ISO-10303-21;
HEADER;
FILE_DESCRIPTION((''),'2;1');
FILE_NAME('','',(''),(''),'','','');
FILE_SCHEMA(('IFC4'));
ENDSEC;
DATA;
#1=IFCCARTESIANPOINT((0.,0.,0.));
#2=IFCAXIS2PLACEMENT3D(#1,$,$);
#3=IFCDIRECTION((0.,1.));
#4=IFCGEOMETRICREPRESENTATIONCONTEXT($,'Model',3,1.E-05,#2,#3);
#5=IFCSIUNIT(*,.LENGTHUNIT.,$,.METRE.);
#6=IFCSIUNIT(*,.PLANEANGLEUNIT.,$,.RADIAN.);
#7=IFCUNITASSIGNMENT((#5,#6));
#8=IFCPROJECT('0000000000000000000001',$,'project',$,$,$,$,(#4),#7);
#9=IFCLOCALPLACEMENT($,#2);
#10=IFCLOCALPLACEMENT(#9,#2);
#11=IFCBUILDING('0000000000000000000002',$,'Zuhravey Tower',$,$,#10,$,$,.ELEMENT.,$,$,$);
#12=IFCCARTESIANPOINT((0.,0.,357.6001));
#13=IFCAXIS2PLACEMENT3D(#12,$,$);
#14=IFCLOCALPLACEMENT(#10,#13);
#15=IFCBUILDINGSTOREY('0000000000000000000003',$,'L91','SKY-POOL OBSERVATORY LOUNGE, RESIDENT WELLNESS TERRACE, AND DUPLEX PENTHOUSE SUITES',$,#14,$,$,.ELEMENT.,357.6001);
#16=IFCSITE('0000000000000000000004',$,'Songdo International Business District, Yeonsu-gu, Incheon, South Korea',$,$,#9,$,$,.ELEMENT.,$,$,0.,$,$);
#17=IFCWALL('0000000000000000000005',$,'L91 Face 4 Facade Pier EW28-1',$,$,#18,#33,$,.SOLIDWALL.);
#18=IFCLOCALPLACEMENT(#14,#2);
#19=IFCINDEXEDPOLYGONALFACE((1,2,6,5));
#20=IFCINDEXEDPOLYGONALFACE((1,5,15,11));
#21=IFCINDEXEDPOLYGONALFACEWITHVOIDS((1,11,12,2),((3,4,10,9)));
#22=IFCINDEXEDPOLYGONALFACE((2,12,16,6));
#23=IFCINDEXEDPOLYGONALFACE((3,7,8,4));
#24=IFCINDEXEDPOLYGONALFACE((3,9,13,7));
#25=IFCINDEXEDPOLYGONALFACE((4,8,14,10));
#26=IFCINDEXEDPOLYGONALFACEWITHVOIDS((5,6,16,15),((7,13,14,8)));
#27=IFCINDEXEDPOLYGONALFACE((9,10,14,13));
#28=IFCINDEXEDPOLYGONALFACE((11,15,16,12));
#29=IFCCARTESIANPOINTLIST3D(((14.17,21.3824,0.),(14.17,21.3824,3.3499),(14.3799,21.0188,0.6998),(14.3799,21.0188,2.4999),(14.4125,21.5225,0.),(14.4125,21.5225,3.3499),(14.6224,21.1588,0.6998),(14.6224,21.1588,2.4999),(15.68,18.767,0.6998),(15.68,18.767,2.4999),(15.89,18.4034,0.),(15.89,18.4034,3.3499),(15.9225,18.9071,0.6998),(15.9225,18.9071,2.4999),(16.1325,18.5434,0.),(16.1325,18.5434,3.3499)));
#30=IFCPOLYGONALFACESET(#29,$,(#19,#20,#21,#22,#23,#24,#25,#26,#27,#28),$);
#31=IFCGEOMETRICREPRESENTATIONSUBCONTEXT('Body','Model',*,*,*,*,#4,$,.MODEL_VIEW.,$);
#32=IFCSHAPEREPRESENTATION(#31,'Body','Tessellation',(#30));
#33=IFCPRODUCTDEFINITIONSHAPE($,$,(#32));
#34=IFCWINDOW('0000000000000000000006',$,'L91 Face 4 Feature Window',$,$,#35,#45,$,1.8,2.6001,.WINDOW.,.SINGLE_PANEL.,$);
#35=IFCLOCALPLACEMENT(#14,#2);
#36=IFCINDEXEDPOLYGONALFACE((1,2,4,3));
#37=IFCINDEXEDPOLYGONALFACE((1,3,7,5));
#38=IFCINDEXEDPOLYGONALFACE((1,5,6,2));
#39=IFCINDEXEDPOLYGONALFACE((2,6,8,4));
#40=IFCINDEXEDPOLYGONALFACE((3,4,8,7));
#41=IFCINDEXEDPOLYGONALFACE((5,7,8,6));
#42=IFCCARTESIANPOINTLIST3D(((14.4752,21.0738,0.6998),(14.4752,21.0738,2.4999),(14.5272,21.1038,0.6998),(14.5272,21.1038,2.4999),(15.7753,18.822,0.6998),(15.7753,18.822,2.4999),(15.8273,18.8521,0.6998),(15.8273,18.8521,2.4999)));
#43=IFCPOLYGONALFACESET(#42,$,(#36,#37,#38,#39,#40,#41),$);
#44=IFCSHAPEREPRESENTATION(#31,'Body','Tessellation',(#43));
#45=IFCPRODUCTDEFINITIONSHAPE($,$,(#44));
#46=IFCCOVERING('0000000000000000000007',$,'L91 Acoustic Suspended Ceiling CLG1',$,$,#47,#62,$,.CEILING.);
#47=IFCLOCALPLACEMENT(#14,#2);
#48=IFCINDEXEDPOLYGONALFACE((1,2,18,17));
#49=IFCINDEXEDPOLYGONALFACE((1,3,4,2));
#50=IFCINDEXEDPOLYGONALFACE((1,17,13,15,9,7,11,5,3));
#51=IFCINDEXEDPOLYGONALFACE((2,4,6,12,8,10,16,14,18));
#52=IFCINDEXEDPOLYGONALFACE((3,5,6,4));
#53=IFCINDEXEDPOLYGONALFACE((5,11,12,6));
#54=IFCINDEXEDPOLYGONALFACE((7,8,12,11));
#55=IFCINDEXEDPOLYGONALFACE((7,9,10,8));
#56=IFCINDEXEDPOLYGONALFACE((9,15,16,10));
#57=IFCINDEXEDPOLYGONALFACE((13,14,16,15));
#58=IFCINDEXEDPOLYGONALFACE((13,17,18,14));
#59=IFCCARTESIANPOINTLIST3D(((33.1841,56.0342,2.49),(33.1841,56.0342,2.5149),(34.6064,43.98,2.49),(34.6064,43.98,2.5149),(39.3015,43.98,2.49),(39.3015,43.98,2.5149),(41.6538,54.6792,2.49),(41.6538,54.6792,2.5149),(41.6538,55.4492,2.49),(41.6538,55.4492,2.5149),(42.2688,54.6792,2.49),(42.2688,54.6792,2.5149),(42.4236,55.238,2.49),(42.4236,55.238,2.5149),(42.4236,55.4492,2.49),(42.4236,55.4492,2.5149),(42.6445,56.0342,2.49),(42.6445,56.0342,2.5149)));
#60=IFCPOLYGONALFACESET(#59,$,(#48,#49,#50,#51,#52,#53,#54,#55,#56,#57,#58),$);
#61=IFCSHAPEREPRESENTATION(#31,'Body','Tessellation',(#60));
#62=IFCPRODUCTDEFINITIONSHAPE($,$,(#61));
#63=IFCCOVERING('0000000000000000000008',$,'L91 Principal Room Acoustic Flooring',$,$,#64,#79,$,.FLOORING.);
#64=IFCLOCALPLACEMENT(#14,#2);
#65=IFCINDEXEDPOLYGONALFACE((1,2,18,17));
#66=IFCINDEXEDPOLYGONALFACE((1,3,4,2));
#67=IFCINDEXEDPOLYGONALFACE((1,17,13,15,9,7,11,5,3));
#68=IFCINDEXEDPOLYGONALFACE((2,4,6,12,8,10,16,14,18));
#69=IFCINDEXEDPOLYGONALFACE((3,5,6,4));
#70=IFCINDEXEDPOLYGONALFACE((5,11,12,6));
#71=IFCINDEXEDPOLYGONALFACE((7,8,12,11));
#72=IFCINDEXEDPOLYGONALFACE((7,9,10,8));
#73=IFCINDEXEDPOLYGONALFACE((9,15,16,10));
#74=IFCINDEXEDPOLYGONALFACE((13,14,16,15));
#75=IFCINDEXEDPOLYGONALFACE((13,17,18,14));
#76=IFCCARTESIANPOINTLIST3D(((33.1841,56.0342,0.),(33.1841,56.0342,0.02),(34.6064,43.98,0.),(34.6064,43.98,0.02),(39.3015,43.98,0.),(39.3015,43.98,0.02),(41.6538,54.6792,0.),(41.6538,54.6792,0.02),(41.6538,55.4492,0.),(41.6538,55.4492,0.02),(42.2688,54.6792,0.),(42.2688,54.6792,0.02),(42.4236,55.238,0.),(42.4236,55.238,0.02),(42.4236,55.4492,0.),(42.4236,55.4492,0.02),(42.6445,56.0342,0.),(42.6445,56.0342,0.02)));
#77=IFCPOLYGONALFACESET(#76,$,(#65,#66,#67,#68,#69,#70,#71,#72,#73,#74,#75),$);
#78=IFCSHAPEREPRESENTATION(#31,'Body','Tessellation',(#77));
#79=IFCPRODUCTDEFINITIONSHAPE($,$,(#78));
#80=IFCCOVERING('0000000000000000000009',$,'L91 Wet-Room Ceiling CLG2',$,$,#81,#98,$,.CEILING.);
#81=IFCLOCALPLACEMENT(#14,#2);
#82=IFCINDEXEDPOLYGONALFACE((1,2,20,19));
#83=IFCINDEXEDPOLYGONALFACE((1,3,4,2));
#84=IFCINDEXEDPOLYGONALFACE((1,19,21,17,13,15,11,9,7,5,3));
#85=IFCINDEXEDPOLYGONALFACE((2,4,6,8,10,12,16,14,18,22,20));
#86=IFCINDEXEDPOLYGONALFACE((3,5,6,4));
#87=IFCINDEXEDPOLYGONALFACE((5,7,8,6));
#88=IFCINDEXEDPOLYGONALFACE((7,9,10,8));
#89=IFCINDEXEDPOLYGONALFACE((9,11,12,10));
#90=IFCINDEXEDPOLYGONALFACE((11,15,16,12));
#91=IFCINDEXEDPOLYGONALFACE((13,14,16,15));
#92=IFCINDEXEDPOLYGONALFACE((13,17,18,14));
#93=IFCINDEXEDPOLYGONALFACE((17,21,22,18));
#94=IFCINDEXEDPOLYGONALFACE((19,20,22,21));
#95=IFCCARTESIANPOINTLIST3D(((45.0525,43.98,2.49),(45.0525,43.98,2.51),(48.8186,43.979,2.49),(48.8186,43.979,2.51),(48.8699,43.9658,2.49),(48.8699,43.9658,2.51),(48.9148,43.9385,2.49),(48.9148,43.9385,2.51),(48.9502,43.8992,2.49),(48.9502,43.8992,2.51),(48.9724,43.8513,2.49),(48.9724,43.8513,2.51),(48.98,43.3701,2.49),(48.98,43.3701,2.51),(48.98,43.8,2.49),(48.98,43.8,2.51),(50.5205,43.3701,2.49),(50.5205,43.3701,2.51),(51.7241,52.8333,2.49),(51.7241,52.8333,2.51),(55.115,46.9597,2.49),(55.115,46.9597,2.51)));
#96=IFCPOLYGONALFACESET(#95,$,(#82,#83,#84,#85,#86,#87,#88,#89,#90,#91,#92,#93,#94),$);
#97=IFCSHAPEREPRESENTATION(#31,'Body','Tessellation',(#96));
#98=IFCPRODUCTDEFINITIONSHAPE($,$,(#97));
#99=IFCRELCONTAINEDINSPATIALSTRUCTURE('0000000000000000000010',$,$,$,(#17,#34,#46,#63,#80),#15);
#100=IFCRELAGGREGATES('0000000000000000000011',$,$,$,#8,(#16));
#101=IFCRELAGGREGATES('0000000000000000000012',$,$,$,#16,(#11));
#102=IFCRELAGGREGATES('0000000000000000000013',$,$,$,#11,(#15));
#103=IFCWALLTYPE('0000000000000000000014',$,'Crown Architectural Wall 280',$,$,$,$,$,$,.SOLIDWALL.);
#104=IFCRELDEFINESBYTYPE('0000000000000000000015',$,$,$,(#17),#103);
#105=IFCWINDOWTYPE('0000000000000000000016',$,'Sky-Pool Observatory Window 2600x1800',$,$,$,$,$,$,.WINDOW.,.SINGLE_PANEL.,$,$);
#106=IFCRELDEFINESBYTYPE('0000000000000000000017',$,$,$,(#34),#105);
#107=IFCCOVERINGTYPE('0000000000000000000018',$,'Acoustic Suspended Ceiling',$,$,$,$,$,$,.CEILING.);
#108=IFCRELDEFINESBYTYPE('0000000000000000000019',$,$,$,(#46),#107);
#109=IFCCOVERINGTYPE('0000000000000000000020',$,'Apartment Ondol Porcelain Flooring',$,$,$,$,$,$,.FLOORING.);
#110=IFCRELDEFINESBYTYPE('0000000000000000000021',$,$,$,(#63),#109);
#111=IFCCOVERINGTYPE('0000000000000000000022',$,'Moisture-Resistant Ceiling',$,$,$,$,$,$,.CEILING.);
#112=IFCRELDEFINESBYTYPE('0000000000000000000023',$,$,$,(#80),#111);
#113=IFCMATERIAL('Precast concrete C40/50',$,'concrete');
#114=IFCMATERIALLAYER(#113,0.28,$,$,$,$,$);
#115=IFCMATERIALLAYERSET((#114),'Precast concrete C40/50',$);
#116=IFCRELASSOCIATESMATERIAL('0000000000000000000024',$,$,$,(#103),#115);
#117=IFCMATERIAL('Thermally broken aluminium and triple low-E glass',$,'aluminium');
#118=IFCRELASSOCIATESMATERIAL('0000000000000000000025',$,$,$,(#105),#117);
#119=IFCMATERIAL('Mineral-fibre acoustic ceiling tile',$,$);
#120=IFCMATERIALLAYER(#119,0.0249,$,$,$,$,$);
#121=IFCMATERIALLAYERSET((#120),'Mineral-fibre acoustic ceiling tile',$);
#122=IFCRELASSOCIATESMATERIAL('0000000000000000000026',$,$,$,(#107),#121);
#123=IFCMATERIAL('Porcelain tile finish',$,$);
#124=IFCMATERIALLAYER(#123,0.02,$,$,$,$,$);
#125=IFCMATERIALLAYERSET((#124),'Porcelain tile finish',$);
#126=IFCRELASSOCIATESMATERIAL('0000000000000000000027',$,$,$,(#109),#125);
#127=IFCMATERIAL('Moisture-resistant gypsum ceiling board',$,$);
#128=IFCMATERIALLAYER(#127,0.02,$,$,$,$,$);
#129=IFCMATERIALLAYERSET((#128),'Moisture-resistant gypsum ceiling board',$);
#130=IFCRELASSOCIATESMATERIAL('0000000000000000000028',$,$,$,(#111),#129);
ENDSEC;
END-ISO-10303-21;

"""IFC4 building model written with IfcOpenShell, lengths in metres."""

from ifc_helpers import new_model, si_unit, direction, frame, frame_2d, origin, place, context, subcontext, project, spatial, polyline, rectangle, outline, extrude, material, layer, layer_set, type_object, element, fill, save


model = new_model("IFC4")

# Units and contexts
model_context = context("Model", 3, precision=1e-05, world=origin(), true_north=direction((0.0, 1.0)))
body_context = subcontext(model_context, "Body", "Model", "MODEL_VIEW")
ifc_project = project(units=[si_unit("LENGTHUNIT", "METRE"), si_unit("PLANEANGLEUNIT", "RADIAN")], contexts=[model_context])

# Site, building, storey
site_placement = place(None, origin())
site = spatial("IfcSite", under=ifc_project, at=site_placement, Name="Songdo International Business District, Yeonsu-gu, Incheon, South Korea", CompositionType="ELEMENT", RefElevation=0.0)
building_placement = place(site_placement, origin())
building = spatial("IfcBuilding", under=site, at=building_placement, Name="Zuhravey Tower", CompositionType="ELEMENT")
storey_placement = place(building_placement, frame((0.0, 0.0, 357.6001)))
storey = spatial("IfcBuildingStorey", under=building, at=storey_placement, Name="L91", Description="SKY-POOL OBSERVATORY LOUNGE, RESIDENT WELLNESS TERRACE, AND DUPLEX PENTHOUSE SUITES", CompositionType="ELEMENT", Elevation=357.6001)

# Wall, opening, window
ifc_material_1 = material(Name="Precast concrete C40/50", Category="concrete")
ifc_layer_1 = layer(ifc_material_1, 0.28)
ifc_layer_set_1 = layer_set([ifc_layer_1], Name="Precast concrete C40/50")
wall_type = type_object("IfcWallType", Name="Crown Architectural Wall 280", PredefinedType="SOLIDWALL", material=ifc_layer_set_1)
wall_placement = place(storey_placement, frame((16.0112, 18.4734, 0.0), z_axis=(0.0, 0.0, 1.0), x_axis=(-0.500009, 0.86602, 0.0)))
wall = element("IfcWall", 1, at=wall_placement, inside=storey, type_object=wall_type, Name="L91 Face 4 Facade Pier EW28-1", PredefinedType="SOLIDWALL", context=body_context, shape_type="SweptSolid", body=[
    extrude(rectangle(XDim=3.4399, YDim=0.28, at=frame_2d((1.72, 0.0))), origin(), (0.0, 0.0, 1.0), 3.3499),
])
opening_placement = place(wall_placement, frame((0.4199, 0.0, 0.7)))
opening = element("IfcOpeningElement", 2, at=opening_placement, cuts=wall, PredefinedType="OPENING", context=body_context, shape_type="SweptSolid", body=[
    extrude(rectangle(XDim=2.6001, YDim=1.8, at=frame_2d((1.3, 0.8999))), frame((0.0, 0.1521, 0.0), z_axis=(0.0, -1.0, 0.0), x_axis=(1.0, 0.0, 0.0)), (0.0, 0.0, 1.0), 0.304),
])
ifc_material_2 = material(Name="Thermally broken aluminium and triple low-E glass", Category="aluminium")
window_type = type_object("IfcWindowType", Name="Sky-Pool Observatory Window 2600x1800", PartitioningType="SINGLE_PANEL", PredefinedType="WINDOW", material=ifc_material_2)
window_placement = place(opening_placement, origin())
window = element("IfcWindow", 3, at=window_placement, inside=storey, type_object=window_type, Name="L91 Face 4 Feature Window", OverallHeight=1.8, OverallWidth=2.6001, PartitioningType="SINGLE_PANEL", PredefinedType="WINDOW", context=body_context, shape_type="SweptSolid", body=[
    extrude(rectangle(XDim=2.6001, YDim=1.8, at=frame_2d((1.3, 0.8999))), frame((0.0, 0.03, 0.0), z_axis=(0.0, -1.0, 0.0), x_axis=(1.0, 0.0, 0.0)), (0.0, 0.0, 1.0), 0.0601),
])
fill(opening, window)

# Coverings
ifc_material_3 = material(Name="Mineral-fibre acoustic ceiling tile")
ifc_layer_2 = layer(ifc_material_3, 0.0249)
ifc_layer_set_2 = layer_set([ifc_layer_2], Name="Mineral-fibre acoustic ceiling tile")
covering_type_1 = type_object("IfcCoveringType", Name="Acoustic Suspended Ceiling", PredefinedType="CEILING", material=ifc_layer_set_2)
covering_1_placement = place(storey_placement, frame((0.0, 0.0, 2.49)))
element("IfcCovering", 4, at=covering_1_placement, inside=storey, type_object=covering_type_1, Name="L91 Acoustic Suspended Ceiling CLG1", PredefinedType="CEILING", context=body_context, shape_type="SweptSolid", body=[
    extrude(outline(polyline([(42.4236, 55.238), (42.4236, 55.4492), (41.6538, 55.4492), (41.6538, 54.6792), (42.2688, 54.6792), (39.3015, 43.98), (34.6064, 43.98), (33.1841, 56.0342), (42.6445, 56.0342), (42.4236, 55.238)])), origin(), (0.0, 0.0, 1.0), 0.0249),
])
ifc_material_4 = material(Name="Porcelain tile finish")
ifc_layer_3 = layer(ifc_material_4, 0.02)
ifc_layer_set_3 = layer_set([ifc_layer_3], Name="Porcelain tile finish")
covering_type_2 = type_object("IfcCoveringType", Name="Apartment Ondol Porcelain Flooring", PredefinedType="FLOORING", material=ifc_layer_set_3)
covering_2_placement = place(storey_placement, origin())
element("IfcCovering", 5, at=covering_2_placement, inside=storey, type_object=covering_type_2, Name="L91 Principal Room Acoustic Flooring", PredefinedType="FLOORING", context=body_context, shape_type="SweptSolid", body=[
    extrude(outline(polyline([(42.4236, 55.238), (42.4236, 55.4492), (41.6538, 55.4492), (41.6538, 54.6792), (42.2688, 54.6792), (39.3015, 43.98), (34.6064, 43.98), (33.1841, 56.0342), (42.6445, 56.0342), (42.4236, 55.238)])), origin(), (0.0, 0.0, 1.0), 0.02),
])
ifc_material_5 = material(Name="Moisture-resistant gypsum ceiling board")
ifc_layer_4 = layer(ifc_material_5, 0.02)
ifc_layer_set_4 = layer_set([ifc_layer_4], Name="Moisture-resistant gypsum ceiling board")
covering_type_3 = type_object("IfcCoveringType", Name="Moisture-Resistant Ceiling", PredefinedType="CEILING", material=ifc_layer_set_4)
covering_3_placement = place(storey_placement, frame((0.0, 0.0, 2.49)))
element("IfcCovering", 6, at=covering_3_placement, inside=storey, type_object=covering_type_3, Name="L91 Wet-Room Ceiling CLG2", PredefinedType="CEILING", context=body_context, shape_type="SweptSolid", body=[
    extrude(outline(polyline([(50.5205, 43.3701), (48.98, 43.3701), (48.98, 43.8), (48.9724, 43.8513), (48.9502, 43.8992), (48.9148, 43.9385), (48.8699, 43.9658), (48.8186, 43.979), (45.0525, 43.98), (51.7241, 52.8333), (55.115, 46.9597), (50.5205, 43.3701)])), origin(), (0.0, 0.0, 1.0), 0.02),
])

save(model, "model.ifc")
